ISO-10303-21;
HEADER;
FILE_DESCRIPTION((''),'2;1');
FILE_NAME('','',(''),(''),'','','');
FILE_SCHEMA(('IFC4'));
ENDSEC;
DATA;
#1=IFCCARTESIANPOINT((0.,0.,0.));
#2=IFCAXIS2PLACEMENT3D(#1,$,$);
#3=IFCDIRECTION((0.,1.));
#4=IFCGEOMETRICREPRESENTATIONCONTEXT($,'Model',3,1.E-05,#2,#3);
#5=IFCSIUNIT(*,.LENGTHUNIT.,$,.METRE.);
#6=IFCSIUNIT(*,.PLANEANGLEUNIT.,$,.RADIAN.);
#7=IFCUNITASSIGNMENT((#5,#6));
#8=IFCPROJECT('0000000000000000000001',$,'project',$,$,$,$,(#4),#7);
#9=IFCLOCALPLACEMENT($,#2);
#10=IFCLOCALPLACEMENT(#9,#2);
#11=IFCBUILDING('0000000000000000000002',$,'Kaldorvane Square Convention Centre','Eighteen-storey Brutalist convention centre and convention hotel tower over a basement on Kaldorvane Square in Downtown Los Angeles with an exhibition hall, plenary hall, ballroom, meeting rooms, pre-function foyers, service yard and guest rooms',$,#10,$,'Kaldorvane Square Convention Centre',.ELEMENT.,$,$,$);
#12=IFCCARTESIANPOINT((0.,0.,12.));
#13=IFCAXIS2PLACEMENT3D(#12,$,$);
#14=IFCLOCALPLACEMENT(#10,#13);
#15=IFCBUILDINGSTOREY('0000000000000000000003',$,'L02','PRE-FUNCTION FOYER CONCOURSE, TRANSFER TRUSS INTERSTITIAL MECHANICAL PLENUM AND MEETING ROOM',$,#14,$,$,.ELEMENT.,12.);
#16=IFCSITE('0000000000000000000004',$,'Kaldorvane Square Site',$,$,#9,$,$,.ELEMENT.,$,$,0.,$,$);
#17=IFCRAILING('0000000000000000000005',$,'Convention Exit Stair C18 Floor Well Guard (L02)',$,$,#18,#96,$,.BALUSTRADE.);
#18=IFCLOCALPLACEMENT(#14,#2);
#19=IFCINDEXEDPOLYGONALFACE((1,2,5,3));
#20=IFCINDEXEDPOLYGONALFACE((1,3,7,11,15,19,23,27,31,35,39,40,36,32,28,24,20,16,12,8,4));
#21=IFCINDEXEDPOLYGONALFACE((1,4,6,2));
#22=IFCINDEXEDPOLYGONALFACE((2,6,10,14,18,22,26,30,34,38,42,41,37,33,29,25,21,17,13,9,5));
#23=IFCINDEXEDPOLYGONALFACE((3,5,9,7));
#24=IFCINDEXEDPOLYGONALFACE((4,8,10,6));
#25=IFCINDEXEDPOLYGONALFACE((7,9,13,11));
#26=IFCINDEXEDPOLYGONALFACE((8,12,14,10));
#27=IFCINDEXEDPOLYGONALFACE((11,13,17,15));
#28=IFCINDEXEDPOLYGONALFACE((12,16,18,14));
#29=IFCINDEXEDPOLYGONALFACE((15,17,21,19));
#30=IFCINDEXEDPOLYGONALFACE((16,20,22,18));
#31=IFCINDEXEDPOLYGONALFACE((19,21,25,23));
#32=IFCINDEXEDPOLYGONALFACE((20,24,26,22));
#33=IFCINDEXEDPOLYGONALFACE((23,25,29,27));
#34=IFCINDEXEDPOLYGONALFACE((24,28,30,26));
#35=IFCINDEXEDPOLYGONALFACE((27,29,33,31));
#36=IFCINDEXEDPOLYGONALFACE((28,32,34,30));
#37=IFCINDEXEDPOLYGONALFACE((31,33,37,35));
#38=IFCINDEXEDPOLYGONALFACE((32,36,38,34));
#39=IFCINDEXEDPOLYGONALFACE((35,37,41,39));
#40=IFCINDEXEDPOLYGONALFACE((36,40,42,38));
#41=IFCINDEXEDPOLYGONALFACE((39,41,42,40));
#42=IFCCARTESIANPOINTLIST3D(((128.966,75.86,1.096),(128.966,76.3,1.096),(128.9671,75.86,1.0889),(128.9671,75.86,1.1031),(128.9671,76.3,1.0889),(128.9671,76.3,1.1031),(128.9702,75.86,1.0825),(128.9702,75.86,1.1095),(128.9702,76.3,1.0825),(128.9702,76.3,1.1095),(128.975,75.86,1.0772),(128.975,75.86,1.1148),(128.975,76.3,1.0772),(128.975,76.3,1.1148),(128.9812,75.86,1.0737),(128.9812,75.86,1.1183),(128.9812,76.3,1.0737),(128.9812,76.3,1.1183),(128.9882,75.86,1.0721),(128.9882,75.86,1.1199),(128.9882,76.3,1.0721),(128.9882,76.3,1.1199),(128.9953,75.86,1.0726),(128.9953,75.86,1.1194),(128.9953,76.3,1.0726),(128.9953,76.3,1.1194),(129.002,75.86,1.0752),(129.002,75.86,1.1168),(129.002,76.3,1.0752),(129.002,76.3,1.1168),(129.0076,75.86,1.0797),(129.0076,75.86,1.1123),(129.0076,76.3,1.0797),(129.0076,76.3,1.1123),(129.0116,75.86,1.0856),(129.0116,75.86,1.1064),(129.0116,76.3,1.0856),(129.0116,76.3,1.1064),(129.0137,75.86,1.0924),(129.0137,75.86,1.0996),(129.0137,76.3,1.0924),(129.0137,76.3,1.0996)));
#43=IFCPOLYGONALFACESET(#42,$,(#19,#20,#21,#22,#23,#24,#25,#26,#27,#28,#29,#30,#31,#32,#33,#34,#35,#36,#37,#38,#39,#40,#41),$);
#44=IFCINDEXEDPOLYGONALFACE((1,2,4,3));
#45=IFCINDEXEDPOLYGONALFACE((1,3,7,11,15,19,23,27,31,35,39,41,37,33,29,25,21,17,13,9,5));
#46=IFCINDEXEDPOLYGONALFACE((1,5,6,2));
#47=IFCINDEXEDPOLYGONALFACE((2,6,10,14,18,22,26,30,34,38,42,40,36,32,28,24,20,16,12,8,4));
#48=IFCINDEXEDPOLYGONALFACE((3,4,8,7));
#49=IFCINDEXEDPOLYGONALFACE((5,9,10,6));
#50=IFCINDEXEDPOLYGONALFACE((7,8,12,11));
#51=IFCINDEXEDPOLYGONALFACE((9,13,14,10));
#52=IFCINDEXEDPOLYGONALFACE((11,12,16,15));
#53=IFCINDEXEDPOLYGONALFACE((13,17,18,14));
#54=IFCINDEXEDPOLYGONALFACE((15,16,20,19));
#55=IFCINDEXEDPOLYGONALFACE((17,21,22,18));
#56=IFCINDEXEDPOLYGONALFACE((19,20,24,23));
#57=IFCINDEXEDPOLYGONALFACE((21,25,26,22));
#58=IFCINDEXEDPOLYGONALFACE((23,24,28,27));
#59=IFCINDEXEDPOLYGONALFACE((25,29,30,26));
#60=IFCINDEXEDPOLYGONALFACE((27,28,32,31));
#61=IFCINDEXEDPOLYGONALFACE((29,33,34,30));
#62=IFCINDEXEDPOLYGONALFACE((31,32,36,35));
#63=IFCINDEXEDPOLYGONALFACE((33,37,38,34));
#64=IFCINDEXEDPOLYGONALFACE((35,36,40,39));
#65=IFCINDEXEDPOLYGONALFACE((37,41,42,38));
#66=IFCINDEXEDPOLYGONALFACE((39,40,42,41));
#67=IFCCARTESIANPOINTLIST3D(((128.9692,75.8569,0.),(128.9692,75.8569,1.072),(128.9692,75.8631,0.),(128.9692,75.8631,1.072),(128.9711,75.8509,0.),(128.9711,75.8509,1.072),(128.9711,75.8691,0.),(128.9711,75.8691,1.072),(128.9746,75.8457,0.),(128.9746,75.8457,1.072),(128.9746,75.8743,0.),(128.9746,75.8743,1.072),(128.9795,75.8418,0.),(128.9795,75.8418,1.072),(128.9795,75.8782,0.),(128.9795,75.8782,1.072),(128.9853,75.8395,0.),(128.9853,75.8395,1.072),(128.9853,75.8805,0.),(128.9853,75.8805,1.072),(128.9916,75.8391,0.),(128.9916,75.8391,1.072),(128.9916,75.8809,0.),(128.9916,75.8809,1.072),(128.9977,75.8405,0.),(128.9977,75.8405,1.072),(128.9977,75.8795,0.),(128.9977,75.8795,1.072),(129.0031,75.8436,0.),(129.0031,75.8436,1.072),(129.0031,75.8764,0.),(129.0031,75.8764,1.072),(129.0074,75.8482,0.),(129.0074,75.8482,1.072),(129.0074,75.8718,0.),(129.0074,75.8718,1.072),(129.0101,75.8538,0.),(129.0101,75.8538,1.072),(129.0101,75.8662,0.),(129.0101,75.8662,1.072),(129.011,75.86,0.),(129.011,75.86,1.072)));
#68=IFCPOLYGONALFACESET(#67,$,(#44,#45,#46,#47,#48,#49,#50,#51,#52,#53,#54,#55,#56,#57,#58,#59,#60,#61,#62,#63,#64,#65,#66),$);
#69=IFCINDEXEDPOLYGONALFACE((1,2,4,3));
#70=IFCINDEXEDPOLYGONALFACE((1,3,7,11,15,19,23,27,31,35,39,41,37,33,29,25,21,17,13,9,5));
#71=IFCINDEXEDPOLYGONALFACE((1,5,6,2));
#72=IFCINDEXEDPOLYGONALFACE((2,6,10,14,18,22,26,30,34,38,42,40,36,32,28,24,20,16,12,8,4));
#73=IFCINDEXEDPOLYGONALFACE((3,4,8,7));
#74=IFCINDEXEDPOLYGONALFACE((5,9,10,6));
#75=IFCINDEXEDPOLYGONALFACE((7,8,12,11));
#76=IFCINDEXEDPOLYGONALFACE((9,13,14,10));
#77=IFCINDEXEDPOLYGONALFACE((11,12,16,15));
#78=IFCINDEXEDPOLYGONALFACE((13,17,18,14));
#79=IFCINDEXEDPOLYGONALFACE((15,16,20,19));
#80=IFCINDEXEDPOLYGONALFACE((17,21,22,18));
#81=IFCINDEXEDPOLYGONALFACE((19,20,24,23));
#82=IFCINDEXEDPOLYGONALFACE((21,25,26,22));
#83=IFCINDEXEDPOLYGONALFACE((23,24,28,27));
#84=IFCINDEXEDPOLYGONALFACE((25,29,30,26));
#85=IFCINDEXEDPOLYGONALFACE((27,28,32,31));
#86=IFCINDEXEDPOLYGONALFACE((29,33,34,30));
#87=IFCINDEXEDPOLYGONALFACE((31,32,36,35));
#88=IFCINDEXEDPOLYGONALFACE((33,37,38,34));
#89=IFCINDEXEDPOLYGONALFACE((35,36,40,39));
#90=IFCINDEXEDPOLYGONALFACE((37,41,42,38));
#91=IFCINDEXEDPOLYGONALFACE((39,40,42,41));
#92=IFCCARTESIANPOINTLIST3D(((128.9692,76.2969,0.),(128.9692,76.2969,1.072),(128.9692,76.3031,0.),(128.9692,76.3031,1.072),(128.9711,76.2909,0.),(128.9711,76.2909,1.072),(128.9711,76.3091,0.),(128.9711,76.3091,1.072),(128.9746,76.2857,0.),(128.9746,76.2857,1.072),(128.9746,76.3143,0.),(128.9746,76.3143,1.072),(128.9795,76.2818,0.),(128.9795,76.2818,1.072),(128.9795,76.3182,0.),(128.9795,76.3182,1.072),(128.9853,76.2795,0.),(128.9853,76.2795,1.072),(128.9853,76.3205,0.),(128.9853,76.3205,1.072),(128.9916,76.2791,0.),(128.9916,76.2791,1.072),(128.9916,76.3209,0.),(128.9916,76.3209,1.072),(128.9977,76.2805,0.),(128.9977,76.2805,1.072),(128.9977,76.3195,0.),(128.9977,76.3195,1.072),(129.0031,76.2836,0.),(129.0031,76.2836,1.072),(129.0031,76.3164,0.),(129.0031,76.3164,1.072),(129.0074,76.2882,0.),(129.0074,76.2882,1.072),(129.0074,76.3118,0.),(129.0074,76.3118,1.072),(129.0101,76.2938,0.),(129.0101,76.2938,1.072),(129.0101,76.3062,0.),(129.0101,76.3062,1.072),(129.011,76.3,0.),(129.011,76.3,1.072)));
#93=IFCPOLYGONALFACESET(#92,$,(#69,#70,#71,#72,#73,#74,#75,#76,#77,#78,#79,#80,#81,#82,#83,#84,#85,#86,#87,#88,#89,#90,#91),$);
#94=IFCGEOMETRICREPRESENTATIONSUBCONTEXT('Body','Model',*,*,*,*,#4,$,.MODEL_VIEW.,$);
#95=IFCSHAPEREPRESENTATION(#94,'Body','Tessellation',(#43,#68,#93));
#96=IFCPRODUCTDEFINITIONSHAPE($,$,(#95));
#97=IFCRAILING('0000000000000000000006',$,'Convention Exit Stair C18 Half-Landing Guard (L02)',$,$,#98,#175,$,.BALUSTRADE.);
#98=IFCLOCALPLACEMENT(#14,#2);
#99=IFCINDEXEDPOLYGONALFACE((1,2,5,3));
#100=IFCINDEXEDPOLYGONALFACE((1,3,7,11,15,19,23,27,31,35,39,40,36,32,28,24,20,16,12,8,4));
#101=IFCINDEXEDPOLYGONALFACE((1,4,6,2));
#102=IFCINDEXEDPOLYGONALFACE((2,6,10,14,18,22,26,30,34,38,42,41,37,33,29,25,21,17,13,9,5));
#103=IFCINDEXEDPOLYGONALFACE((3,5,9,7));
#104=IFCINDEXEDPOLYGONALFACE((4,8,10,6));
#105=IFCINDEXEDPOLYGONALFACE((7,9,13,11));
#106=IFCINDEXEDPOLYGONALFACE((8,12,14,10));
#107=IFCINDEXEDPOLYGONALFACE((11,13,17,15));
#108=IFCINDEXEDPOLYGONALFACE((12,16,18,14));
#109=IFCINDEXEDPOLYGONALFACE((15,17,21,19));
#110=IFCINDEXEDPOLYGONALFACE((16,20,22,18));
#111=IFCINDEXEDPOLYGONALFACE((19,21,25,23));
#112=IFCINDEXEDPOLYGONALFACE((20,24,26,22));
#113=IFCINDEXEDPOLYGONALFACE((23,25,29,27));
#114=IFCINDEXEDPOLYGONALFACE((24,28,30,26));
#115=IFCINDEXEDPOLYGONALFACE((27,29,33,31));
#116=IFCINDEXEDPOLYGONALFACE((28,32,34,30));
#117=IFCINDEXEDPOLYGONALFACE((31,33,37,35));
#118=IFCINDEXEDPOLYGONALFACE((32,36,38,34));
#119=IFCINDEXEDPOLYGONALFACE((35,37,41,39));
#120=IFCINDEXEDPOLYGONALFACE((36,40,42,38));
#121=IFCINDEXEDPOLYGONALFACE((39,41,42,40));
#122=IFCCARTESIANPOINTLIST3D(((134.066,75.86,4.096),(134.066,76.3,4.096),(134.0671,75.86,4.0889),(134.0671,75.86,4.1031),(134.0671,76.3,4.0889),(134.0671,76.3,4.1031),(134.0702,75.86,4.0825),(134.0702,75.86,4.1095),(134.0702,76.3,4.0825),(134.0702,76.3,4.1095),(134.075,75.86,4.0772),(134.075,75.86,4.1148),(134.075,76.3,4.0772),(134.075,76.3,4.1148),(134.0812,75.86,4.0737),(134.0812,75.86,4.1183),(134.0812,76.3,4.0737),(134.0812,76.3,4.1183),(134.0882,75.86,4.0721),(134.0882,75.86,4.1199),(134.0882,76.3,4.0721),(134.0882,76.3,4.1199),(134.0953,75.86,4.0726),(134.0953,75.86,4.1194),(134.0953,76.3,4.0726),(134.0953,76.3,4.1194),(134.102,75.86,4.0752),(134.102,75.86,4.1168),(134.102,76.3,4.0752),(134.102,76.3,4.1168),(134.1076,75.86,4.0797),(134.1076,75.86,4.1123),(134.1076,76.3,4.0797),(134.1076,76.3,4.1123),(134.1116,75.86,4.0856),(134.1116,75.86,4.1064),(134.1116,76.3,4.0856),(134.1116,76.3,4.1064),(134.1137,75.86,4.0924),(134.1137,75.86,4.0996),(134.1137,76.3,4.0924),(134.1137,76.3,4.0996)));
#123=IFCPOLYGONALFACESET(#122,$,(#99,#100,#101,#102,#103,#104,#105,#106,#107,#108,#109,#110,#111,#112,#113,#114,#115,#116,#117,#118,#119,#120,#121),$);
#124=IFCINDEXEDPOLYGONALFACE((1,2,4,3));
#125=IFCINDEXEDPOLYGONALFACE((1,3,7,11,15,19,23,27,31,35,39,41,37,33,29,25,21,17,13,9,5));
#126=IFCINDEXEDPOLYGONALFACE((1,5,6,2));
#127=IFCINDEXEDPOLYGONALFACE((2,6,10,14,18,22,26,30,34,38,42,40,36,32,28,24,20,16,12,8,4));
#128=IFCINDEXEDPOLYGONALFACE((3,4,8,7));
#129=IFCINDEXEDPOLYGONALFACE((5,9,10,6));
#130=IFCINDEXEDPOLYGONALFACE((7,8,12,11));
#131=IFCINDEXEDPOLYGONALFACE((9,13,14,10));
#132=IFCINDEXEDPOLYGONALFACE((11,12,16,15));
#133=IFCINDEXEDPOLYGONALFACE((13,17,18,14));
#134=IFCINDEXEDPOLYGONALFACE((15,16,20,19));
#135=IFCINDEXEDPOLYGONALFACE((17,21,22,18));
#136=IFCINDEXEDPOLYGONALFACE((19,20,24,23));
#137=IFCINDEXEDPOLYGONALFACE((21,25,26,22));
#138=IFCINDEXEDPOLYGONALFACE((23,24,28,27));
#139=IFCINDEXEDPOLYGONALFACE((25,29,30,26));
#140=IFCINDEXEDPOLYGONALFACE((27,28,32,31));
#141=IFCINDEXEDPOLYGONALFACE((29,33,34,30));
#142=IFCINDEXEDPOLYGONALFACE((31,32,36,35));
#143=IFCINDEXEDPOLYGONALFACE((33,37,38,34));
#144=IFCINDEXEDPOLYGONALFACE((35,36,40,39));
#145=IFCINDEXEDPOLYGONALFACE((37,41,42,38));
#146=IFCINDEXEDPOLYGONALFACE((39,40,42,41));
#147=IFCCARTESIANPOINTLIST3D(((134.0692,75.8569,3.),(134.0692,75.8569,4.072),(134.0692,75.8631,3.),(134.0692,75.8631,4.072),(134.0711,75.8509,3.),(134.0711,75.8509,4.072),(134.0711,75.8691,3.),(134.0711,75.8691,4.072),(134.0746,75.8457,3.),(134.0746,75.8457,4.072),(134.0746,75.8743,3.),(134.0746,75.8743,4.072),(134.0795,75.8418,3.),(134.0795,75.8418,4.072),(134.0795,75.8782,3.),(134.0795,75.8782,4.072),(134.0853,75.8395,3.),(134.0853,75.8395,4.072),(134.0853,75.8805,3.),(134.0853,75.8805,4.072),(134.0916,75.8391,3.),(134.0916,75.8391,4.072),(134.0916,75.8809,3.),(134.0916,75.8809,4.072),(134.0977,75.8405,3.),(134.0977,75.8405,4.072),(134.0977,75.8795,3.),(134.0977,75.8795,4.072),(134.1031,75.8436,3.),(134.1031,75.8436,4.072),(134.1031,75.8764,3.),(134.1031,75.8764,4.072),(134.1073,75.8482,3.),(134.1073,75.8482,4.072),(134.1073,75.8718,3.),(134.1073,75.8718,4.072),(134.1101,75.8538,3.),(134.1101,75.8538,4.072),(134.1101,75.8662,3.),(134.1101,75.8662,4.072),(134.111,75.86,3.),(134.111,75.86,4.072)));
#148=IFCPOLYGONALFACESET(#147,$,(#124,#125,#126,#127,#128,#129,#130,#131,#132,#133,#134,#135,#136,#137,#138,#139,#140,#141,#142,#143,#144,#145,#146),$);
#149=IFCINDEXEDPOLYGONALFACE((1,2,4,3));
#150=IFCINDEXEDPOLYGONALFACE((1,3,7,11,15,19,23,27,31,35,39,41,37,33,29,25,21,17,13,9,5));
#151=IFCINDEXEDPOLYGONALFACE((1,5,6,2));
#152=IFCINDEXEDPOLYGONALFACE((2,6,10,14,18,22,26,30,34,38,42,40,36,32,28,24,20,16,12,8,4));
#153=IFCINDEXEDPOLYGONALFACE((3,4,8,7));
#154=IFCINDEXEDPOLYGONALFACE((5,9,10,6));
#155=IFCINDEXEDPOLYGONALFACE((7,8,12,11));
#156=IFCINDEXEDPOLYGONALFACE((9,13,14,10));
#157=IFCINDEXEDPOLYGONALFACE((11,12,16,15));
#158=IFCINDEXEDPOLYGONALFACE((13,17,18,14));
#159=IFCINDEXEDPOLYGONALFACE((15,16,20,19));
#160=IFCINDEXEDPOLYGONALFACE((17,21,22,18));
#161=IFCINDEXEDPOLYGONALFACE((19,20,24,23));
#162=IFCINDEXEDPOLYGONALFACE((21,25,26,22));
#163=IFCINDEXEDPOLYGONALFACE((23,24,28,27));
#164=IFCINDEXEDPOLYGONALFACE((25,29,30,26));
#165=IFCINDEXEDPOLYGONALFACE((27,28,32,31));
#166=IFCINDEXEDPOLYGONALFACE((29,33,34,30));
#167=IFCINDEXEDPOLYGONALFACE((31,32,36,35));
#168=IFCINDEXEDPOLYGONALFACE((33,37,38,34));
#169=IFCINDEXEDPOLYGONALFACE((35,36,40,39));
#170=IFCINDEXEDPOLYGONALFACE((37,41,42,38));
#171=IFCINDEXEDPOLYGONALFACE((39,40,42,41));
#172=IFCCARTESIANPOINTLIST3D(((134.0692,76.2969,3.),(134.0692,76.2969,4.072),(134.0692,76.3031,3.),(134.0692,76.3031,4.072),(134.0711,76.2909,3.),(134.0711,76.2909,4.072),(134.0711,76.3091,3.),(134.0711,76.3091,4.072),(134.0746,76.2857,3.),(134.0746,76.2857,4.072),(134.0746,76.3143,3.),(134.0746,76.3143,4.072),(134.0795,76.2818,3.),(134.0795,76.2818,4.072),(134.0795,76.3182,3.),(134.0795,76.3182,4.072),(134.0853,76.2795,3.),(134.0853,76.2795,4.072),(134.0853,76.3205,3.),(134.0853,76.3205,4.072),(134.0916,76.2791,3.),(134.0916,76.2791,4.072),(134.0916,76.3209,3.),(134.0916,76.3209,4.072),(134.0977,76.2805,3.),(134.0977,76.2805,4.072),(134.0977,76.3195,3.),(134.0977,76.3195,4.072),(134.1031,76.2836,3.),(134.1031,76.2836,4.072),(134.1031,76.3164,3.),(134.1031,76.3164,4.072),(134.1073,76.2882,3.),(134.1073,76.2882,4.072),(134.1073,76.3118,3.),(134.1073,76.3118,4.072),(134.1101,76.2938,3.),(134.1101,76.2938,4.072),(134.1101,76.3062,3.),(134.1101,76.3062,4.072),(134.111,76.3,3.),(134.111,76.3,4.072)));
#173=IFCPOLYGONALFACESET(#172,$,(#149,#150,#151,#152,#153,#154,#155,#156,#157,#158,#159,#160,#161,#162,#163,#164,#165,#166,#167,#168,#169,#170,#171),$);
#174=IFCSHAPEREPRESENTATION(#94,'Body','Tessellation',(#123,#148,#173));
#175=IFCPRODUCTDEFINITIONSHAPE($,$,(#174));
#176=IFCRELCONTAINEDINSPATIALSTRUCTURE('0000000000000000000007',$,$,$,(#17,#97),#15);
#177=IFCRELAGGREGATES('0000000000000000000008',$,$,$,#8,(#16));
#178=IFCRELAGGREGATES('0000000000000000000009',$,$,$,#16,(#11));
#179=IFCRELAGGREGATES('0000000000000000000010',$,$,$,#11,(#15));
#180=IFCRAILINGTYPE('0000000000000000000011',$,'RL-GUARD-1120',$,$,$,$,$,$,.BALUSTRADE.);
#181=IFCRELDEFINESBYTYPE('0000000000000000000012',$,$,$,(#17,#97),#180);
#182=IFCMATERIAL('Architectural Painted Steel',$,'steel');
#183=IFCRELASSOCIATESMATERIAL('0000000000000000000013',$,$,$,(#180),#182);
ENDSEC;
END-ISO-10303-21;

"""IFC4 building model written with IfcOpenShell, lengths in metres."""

from ifc_helpers import new_model, si_unit, direction, frame, origin, origin_2d, place, context, subcontext, project, spatial, circle, extrude, material, type_object, element, save


model = new_model("IFC4")

# Units and contexts
model_context = context("Model", 3, precision=1e-05, world=origin(), true_north=direction((0.0, 1.0)))
body_context = subcontext(model_context, "Body", "Model", "MODEL_VIEW")
ifc_project = project(units=[si_unit("LENGTHUNIT", "METRE"), si_unit("PLANEANGLEUNIT", "RADIAN")], contexts=[model_context])

# Site, building, storey
site_placement = place(None, origin())
site = spatial("IfcSite", under=ifc_project, at=site_placement, Name="Kaldorvane Square Site", CompositionType="ELEMENT", RefElevation=0.0)
building_placement = place(site_placement, origin())
building = spatial("IfcBuilding", under=site, at=building_placement, Name="Kaldorvane Square Convention Centre", Description="Eighteen-storey Brutalist convention centre and convention hotel tower over a basement on Kaldorvane Square in Downtown Los Angeles with an exhibition hall, plenary hall, ballroom, meeting rooms, pre-function foyers, service yard and guest rooms", LongName="Kaldorvane Square Convention Centre", CompositionType="ELEMENT")
storey_placement = place(building_placement, frame((0.0, 0.0, 12.0)))
storey = spatial("IfcBuildingStorey", under=building, at=storey_placement, Name="L02", Description="PRE-FUNCTION FOYER CONCOURSE, TRANSFER TRUSS INTERSTITIAL MECHANICAL PLENUM AND MEETING ROOM", CompositionType="ELEMENT", Elevation=12.0)

# Railings
ifc_material_1 = material(Name="Architectural Painted Steel", Category="steel")
railing_type_1 = type_object("IfcRailingType", Name="RL-GUARD-1120", PredefinedType="BALUSTRADE", material=ifc_material_1)
for number, where, name in (
    (1, (128.99, 75.86, 0.0), "Convention Exit Stair C18 Floor Well Guard (L02)"),
    (2, (134.09, 75.86, 3.0), "Convention Exit Stair C18 Half-Landing Guard (L02)"),
):
    element("IfcRailing", number, at=place(storey_placement, frame(where)), inside=storey, type_object=railing_type_1, Name=name, PredefinedType="BALUSTRADE", context=body_context, shape_type="SweptSolid", body=[
        extrude(circle(Radius=0.024, at=origin_2d()), frame((0.0, 0.0, 1.096), z_axis=(0.0, 1.0, 0.0), x_axis=(-1.0, 0.0, 0.0)), (0.0, 0.0, 1.0), 0.44),
        extrude(circle(Radius=0.021, at=origin_2d()), origin(), (0.0, 0.0, 1.0), 1.072),
        extrude(circle(Radius=0.021, at=origin_2d()), frame((0.0, 0.44, 0.0)), (0.0, 0.0, 1.0), 1.072),
    ])

save(model, "model.ifc")
